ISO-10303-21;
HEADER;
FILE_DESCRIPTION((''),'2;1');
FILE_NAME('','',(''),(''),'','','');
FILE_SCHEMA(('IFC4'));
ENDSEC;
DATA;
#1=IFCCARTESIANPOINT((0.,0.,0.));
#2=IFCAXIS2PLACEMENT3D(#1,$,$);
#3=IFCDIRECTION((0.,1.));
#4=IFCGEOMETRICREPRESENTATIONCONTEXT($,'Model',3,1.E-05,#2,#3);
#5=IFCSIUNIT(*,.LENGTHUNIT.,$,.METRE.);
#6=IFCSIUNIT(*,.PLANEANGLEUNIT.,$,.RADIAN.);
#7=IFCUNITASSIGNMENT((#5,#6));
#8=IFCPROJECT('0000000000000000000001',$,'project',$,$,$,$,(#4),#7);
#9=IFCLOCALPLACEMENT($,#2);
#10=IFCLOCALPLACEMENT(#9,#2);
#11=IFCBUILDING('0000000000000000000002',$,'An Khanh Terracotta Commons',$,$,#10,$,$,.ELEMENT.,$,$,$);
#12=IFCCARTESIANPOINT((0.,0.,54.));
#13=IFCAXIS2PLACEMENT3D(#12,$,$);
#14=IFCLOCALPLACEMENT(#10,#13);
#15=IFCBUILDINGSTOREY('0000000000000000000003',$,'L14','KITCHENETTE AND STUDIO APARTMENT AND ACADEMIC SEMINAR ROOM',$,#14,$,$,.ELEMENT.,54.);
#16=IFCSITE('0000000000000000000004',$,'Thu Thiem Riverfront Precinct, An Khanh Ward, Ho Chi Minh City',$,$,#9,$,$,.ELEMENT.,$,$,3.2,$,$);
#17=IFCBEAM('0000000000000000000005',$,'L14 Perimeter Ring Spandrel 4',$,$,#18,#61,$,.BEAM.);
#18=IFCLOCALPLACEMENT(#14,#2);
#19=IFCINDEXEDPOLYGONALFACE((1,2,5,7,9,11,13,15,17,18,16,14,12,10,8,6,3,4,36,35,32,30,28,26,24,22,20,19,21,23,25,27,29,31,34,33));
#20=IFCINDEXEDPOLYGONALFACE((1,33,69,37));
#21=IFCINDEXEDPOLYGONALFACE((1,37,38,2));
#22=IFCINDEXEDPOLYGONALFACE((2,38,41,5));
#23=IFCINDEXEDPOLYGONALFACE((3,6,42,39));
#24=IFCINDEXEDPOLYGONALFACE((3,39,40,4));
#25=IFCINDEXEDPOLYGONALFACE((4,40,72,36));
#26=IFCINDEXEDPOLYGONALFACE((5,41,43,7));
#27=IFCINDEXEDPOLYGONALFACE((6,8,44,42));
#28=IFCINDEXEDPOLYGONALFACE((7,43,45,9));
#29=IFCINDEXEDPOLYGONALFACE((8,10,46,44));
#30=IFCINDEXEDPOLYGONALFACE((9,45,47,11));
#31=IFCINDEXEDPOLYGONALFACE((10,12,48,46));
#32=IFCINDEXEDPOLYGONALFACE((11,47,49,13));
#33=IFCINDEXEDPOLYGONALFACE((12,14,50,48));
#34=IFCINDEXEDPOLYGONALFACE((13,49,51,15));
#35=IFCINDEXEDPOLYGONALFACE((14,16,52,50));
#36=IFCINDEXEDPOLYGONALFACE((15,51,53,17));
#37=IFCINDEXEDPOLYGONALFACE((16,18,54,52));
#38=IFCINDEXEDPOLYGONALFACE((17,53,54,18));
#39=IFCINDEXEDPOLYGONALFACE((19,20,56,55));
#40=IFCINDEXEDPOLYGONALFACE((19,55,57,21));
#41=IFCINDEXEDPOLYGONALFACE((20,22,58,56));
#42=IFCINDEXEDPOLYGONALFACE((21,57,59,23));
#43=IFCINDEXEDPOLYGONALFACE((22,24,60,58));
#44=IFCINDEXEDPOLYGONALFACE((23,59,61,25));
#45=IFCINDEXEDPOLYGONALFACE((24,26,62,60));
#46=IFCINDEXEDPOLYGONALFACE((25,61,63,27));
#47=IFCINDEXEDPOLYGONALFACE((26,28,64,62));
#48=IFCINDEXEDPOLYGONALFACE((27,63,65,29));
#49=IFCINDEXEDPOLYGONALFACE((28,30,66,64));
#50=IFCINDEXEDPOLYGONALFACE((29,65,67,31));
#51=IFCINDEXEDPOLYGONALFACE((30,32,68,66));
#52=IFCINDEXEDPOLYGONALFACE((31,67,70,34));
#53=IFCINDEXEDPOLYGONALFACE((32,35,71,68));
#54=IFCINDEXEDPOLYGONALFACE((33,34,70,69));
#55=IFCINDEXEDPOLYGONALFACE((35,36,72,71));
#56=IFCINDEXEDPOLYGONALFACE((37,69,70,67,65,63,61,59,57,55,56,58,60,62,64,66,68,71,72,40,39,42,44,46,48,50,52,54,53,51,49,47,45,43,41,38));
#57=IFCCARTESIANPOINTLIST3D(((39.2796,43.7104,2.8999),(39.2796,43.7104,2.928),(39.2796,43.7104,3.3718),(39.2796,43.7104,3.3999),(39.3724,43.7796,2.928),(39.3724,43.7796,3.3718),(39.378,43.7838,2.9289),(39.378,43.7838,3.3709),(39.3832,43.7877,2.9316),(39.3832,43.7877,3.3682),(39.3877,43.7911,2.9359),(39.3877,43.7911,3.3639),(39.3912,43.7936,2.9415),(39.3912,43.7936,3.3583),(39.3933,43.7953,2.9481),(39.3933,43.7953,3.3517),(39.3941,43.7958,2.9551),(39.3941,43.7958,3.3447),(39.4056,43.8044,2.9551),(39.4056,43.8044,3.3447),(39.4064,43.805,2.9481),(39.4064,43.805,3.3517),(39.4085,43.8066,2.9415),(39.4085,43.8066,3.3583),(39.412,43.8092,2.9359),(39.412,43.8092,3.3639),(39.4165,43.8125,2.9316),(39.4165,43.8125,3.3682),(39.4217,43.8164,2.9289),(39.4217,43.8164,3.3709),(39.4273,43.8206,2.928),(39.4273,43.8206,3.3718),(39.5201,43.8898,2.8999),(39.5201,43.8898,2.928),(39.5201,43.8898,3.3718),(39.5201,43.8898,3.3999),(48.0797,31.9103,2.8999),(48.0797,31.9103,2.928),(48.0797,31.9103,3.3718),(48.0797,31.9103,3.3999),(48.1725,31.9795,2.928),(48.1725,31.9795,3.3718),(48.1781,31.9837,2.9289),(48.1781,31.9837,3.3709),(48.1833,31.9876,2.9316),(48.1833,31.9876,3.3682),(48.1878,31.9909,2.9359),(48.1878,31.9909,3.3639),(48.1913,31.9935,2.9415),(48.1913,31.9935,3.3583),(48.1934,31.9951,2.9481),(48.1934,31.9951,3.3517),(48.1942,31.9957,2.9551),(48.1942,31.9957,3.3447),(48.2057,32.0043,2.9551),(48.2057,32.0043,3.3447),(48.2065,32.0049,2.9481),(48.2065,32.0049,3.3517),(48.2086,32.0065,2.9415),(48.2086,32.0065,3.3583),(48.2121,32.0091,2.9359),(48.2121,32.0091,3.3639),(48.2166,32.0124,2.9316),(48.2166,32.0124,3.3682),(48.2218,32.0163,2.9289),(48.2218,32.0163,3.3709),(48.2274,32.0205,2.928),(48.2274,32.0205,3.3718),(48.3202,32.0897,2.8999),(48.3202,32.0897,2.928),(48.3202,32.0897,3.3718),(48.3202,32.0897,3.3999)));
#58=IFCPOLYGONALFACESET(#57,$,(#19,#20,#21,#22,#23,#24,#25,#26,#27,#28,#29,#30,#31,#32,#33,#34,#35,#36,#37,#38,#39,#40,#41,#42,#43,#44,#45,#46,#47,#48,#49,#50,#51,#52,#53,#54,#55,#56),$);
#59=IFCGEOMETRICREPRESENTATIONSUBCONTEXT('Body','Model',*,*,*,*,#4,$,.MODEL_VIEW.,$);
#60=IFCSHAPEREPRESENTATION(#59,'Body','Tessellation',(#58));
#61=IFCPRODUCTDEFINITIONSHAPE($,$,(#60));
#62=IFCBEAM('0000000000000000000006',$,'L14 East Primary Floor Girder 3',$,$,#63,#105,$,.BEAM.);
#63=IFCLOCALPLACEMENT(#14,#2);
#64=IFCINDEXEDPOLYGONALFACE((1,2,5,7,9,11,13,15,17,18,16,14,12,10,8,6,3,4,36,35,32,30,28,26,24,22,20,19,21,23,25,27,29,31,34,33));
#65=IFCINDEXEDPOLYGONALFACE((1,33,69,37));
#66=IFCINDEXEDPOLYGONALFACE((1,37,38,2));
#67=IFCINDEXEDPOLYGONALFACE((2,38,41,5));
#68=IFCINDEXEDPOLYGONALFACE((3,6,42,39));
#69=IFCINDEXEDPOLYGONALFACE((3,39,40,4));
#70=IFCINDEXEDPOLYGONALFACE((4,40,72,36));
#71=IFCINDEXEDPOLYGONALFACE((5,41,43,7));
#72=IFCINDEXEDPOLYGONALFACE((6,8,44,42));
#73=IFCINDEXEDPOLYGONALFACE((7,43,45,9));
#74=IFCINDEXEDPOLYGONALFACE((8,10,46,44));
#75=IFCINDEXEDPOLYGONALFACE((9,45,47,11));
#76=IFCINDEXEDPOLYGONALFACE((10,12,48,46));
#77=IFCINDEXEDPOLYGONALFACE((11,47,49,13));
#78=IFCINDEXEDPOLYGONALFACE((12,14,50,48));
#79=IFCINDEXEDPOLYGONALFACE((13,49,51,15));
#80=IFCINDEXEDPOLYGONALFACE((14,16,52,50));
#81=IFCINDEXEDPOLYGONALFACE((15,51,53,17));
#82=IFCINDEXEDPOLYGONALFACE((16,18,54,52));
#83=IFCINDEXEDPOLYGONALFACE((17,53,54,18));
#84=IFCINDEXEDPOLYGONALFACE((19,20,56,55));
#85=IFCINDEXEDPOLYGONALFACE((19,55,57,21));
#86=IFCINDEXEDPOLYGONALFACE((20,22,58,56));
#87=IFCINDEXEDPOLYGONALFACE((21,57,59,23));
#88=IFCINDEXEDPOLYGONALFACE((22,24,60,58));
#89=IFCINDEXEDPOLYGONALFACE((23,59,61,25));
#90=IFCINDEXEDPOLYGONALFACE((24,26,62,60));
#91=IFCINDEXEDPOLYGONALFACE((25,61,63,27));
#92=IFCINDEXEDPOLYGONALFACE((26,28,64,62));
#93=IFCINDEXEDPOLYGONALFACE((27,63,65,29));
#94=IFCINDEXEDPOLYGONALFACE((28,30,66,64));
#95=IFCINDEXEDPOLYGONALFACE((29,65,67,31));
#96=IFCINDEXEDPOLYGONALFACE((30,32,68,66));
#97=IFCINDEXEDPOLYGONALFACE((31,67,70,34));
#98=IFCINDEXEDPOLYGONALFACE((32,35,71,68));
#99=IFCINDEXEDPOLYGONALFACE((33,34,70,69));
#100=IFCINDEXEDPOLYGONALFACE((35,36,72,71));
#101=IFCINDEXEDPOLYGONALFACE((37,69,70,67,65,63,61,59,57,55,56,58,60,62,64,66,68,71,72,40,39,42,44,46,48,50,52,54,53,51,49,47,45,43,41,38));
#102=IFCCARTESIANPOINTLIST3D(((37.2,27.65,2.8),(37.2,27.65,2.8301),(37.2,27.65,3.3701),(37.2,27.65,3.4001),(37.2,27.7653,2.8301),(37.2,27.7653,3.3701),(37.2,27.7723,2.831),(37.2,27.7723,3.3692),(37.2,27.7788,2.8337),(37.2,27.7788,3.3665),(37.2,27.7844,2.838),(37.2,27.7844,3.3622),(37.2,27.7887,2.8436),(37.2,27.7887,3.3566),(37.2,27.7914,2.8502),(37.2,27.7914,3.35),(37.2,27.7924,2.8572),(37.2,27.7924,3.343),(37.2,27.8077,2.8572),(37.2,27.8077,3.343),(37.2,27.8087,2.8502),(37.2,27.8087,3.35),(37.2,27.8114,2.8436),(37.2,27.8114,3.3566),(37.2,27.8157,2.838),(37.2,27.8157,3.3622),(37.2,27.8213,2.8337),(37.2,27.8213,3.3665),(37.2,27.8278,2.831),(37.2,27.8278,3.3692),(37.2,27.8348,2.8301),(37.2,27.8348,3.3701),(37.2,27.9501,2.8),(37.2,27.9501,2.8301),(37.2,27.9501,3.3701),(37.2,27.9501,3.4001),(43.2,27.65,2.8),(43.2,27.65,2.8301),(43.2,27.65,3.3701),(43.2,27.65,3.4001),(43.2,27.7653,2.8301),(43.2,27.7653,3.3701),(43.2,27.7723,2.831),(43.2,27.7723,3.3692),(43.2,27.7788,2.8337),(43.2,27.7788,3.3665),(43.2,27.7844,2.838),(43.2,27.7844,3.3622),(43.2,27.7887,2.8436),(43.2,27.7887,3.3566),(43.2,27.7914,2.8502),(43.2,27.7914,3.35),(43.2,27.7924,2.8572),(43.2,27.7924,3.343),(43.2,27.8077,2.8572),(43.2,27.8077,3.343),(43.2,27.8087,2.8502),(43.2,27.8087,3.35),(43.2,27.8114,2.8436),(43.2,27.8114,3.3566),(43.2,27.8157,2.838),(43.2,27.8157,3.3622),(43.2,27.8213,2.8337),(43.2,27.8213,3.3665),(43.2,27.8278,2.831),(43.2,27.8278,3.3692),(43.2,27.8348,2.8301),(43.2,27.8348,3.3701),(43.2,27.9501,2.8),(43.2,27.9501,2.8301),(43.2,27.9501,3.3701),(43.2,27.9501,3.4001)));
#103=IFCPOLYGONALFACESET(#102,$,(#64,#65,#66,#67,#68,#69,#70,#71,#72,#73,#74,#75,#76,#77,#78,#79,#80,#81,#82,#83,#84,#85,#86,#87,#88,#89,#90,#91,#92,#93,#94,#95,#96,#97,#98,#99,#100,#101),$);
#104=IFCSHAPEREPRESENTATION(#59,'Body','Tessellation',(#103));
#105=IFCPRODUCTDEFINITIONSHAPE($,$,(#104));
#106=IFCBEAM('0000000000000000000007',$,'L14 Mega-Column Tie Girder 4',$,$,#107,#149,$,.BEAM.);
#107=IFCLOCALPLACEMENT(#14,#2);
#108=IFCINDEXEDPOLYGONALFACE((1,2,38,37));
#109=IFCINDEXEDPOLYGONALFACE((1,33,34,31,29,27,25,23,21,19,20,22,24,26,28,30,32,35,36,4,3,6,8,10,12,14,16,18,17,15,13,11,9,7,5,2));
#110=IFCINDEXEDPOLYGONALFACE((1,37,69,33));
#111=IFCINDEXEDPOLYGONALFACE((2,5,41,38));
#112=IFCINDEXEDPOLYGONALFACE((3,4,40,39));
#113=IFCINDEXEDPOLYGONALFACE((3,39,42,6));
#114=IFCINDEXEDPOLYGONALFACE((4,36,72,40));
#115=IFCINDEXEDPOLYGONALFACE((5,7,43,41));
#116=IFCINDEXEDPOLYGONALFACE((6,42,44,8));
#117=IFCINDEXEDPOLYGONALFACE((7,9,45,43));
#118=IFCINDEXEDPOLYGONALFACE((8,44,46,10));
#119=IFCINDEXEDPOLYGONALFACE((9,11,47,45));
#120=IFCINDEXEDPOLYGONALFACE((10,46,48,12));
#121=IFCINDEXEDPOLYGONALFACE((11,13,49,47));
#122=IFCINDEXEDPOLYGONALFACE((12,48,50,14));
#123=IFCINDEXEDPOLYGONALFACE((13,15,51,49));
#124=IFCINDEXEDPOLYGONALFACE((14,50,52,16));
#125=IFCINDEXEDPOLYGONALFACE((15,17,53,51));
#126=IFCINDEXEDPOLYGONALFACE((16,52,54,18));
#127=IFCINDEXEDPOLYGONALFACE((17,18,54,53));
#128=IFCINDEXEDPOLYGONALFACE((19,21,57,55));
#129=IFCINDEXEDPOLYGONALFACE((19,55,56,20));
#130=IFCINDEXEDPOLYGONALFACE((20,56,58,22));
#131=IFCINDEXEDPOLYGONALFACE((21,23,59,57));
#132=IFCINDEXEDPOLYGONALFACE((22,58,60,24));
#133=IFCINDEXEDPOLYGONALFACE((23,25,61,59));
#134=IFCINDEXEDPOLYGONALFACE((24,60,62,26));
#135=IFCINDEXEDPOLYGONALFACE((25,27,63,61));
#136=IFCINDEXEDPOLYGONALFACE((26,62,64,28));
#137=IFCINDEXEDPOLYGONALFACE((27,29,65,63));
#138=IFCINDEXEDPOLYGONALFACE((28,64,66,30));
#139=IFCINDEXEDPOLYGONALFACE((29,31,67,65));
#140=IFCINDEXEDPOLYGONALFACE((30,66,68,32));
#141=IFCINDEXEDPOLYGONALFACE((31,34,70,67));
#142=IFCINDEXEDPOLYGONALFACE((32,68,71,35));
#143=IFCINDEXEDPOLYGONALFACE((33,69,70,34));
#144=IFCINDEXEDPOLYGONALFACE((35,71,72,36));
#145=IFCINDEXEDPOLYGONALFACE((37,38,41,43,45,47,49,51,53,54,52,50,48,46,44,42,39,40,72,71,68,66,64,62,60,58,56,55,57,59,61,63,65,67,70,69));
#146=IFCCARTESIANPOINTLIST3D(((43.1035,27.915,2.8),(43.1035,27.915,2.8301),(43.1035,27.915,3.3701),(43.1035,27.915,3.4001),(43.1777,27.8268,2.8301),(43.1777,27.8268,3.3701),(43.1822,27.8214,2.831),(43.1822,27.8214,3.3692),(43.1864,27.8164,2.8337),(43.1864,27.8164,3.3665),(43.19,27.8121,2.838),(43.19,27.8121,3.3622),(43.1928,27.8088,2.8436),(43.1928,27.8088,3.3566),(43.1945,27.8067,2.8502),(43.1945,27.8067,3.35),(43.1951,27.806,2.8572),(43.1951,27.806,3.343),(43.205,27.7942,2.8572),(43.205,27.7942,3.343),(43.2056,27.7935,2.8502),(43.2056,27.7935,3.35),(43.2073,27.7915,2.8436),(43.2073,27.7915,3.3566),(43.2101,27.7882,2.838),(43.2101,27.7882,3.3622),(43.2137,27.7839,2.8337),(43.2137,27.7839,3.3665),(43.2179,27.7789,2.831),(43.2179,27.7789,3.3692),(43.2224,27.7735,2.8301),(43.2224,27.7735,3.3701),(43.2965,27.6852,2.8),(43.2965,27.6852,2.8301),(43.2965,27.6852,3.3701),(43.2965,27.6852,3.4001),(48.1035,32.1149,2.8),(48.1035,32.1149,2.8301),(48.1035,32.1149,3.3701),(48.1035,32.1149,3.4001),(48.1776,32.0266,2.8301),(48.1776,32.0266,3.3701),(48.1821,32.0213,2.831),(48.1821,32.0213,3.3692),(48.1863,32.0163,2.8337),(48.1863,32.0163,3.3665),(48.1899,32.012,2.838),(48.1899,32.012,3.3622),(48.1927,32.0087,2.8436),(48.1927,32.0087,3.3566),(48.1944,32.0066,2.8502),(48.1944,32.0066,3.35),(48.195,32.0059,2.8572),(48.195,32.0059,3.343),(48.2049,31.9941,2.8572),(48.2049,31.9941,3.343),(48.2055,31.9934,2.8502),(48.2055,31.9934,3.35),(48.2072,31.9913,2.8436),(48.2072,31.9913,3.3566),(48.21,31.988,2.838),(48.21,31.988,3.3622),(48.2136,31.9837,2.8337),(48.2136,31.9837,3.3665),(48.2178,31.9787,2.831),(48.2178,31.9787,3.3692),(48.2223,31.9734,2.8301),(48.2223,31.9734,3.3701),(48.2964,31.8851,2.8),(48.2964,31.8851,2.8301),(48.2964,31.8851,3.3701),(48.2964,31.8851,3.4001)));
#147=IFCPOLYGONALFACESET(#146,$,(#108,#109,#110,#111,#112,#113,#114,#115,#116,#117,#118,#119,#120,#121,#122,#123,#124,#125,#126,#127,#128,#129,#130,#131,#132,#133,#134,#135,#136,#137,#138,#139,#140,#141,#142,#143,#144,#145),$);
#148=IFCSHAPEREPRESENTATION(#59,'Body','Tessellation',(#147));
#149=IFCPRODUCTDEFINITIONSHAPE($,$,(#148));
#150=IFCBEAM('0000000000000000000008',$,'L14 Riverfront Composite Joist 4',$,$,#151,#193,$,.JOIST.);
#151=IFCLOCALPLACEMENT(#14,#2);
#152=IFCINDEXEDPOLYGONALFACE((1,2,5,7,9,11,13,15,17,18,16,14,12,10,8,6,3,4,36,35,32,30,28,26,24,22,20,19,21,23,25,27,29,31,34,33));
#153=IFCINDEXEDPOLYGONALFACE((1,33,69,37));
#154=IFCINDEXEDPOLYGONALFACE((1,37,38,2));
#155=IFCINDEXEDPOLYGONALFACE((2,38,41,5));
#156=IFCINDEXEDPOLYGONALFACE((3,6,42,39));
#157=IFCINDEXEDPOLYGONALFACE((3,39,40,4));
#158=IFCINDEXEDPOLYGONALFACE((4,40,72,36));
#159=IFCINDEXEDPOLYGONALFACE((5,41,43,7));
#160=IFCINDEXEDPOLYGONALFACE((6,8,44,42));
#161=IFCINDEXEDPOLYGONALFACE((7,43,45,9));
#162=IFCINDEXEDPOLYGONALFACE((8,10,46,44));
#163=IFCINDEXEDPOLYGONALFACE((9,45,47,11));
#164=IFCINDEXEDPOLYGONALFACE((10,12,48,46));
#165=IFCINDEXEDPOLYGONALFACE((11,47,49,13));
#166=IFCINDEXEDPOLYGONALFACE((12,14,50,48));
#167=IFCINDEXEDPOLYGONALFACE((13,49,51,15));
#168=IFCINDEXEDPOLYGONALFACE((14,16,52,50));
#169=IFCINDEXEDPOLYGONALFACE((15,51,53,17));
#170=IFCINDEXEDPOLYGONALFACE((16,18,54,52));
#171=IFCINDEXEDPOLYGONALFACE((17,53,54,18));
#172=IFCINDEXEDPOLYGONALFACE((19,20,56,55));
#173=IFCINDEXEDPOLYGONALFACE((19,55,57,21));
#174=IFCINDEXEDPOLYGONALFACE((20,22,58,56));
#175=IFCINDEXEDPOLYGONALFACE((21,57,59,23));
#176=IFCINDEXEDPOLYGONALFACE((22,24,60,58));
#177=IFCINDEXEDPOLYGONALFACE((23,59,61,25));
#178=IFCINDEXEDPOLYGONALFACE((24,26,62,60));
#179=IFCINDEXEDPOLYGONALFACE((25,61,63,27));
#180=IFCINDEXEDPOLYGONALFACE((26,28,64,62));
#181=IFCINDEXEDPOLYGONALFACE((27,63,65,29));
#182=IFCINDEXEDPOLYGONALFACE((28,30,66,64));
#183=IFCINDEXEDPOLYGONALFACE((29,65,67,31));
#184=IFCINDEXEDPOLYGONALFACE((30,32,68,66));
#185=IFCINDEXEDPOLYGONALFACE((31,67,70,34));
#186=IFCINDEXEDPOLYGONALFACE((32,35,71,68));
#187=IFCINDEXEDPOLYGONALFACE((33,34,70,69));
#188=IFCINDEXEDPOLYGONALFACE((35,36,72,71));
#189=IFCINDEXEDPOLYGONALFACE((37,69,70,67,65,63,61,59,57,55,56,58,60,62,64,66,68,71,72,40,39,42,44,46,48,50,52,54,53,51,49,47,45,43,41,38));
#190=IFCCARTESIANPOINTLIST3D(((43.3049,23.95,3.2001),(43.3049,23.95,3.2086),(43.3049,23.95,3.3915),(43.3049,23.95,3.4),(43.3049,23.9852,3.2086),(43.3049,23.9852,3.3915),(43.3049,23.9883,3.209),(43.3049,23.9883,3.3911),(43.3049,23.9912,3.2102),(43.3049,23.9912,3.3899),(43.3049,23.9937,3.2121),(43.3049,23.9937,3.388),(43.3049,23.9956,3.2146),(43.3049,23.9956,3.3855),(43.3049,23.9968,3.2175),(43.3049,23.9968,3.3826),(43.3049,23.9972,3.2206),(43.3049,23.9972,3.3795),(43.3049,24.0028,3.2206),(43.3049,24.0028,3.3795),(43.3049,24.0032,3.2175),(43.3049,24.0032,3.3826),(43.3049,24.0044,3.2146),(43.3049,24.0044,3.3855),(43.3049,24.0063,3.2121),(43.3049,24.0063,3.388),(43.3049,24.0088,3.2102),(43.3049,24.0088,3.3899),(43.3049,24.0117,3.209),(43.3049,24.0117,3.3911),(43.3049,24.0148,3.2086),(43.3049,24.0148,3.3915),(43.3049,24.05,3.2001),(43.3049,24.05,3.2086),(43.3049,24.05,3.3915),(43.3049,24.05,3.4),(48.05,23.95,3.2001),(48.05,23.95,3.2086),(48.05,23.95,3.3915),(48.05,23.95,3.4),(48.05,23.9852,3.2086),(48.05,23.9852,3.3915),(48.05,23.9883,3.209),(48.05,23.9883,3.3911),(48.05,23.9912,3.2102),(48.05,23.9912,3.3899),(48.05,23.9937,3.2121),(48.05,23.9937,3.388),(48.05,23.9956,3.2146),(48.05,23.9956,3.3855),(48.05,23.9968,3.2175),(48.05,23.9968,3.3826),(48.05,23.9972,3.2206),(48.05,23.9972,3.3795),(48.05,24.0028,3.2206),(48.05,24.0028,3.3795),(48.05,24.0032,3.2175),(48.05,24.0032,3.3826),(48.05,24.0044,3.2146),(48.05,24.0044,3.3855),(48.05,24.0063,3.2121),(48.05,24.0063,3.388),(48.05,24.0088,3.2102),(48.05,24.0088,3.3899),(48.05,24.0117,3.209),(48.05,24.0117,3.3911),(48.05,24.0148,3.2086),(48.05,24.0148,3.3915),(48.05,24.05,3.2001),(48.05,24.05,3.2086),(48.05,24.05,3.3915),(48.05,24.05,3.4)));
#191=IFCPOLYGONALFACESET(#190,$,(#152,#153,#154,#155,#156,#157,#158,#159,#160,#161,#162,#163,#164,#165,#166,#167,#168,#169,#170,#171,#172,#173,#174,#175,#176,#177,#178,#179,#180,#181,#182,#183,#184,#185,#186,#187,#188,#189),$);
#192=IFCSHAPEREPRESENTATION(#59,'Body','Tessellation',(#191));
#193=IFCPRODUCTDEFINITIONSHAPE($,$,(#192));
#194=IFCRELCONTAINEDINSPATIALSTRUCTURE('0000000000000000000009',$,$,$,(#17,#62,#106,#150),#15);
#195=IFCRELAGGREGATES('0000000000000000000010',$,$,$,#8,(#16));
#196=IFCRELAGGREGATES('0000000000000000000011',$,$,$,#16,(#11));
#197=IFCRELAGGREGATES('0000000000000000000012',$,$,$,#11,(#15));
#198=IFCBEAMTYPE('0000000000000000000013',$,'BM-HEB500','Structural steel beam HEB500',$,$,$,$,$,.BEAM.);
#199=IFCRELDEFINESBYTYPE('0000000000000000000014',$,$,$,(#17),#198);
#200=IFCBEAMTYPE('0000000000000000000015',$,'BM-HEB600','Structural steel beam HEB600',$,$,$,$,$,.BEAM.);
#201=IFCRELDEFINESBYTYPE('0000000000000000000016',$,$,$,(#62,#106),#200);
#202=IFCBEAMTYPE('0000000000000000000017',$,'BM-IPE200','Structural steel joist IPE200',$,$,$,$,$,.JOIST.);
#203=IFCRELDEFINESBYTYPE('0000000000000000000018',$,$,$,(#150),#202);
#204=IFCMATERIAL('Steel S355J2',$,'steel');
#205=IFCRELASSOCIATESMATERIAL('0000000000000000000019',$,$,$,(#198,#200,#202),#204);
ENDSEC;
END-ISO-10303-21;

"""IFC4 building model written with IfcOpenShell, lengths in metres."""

from ifc_helpers import new_model, si_unit, direction, frame, origin, origin_2d, place, context, subcontext, project, spatial, i_section, extrude, material, material_profile, profile_set, type_object, element, save


model = new_model("IFC4")

# Units and contexts
model_context = context("Model", 3, precision=1e-05, world=origin(), true_north=direction((0.0, 1.0)))
body_context = subcontext(model_context, "Body", "Model", "MODEL_VIEW")
ifc_project = project(units=[si_unit("LENGTHUNIT", "METRE"), si_unit("PLANEANGLEUNIT", "RADIAN")], contexts=[model_context])

# Site, building, storey
site_placement = place(None, origin())
site = spatial("IfcSite", under=ifc_project, at=site_placement, Name="Thu Thiem Riverfront Precinct, An Khanh Ward, Ho Chi Minh City", CompositionType="ELEMENT", RefElevation=3.2)
building_placement = place(site_placement, origin())
building = spatial("IfcBuilding", under=site, at=building_placement, Name="An Khanh Terracotta Commons", CompositionType="ELEMENT")
storey_placement = place(building_placement, frame((0.0, 0.0, 54.0)))
storey = spatial("IfcBuildingStorey", under=building, at=storey_placement, Name="L14", Description="KITCHENETTE AND STUDIO APARTMENT AND ACADEMIC SEMINAR ROOM", CompositionType="ELEMENT", Elevation=54.0)

# Beams
ifc_material_1 = material(Name="Steel S355J2", Category="steel")
ifc_material_profile_1 = material_profile(ifc_material_1, i_section(OverallWidth=0.3, OverallDepth=0.5, WebThickness=0.0144, FlangeThickness=0.0281, FilletRadius=0.0271, at=origin_2d()), Name="HEB500")
ifc_profile_set_1 = profile_set([ifc_material_profile_1], Name="Steel S355J2")
beam_type_1 = type_object("IfcBeamType", Name="BM-HEB500", Description="Structural steel beam HEB500", PredefinedType="BEAM", material=ifc_profile_set_1)
beam_1_placement = place(storey_placement, frame((48.2, 32.0, 3.1499), z_axis=(-0.597824, 0.801627, 0.0), x_axis=(-0.801627, -0.597824, 0.0)))
element("IfcBeam", 1, at=beam_1_placement, inside=storey, type_object=beam_type_1, Name="L14 Perimeter Ring Spandrel 4", PredefinedType="BEAM", context=body_context, shape_type="SweptSolid", body=[
    extrude(i_section(OverallWidth=0.3, OverallDepth=0.5, WebThickness=0.0144, FlangeThickness=0.0281, FilletRadius=0.0271, at=origin_2d()), origin(), (0.0, 0.0, 1.0), 14.7202),
])
ifc_material_profile_2 = material_profile(ifc_material_1, i_section(OverallWidth=0.3, OverallDepth=0.6001, WebThickness=0.0154, FlangeThickness=0.03, FilletRadius=0.0271, at=origin_2d()), Name="HEB600")
ifc_profile_set_2 = profile_set([ifc_material_profile_2], Name="Steel S355J2")
beam_type_2 = type_object("IfcBeamType", Name="BM-HEB600", Description="Structural steel beam HEB600", PredefinedType="BEAM", material=ifc_profile_set_2)
beam_2_placement = place(storey_placement, frame((37.2, 27.8, 3.1001), z_axis=(1.0, 0.0, 0.0), x_axis=(0.0, 1.0, 0.0)))
element("IfcBeam", 2, at=beam_2_placement, inside=storey, type_object=beam_type_2, Name="L14 East Primary Floor Girder 3", PredefinedType="BEAM", context=body_context, shape_type="SweptSolid", body=[
    extrude(i_section(OverallWidth=0.3, OverallDepth=0.6001, WebThickness=0.0154, FlangeThickness=0.03, FilletRadius=0.0271, at=origin_2d()), origin(), (0.0, 0.0, 1.0), 6.0),
])
beam_3_placement = place(storey_placement, frame((48.2, 32.0, 3.1001), z_axis=(-0.765709, -0.643188, 0.0), x_axis=(0.643188, -0.765709, 0.0)))
element("IfcBeam", 3, at=beam_3_placement, inside=storey, type_object=beam_type_2, Name="L14 Mega-Column Tie Girder 4", PredefinedType="BEAM", context=body_context, shape_type="SweptSolid", body=[
    extrude(i_section(OverallWidth=0.3, OverallDepth=0.6001, WebThickness=0.0154, FlangeThickness=0.03, FilletRadius=0.0271, at=origin_2d()), origin(), (0.0, 0.0, 1.0), 6.5298),
])
ifc_material_profile_3 = material_profile(ifc_material_1, i_section(OverallWidth=0.1001, OverallDepth=0.2, WebThickness=0.0056, FlangeThickness=0.0085, FilletRadius=0.012, at=origin_2d()), Name="IPE200")
ifc_profile_set_3 = profile_set([ifc_material_profile_3], Name="Steel S355J2")
beam_type_3 = type_object("IfcBeamType", Name="BM-IPE200", Description="Structural steel joist IPE200", PredefinedType="JOIST", material=ifc_profile_set_3)
for number, where, z_axis, x_axis, name in (
    (4, (43.3049, 24.0, 3.3), (1.0, 0.0, 0.0), (0.0, 1.0, 0.0), "L14 Riverfront Composite Joist 4"),
):
    element("IfcBeam", number, at=place(storey_placement, frame(where, z_axis=z_axis, x_axis=x_axis)), inside=storey, type_object=beam_type_3, Name=name, PredefinedType="JOIST", context=body_context, shape_type="SweptSolid", body=[
        extrude(i_section(OverallWidth=0.1001, OverallDepth=0.2, WebThickness=0.0056, FlangeThickness=0.0085, FilletRadius=0.012, at=origin_2d()), origin(), (0.0, 0.0, 1.0), 4.7451),
    ])

save(model, "model.ifc")
